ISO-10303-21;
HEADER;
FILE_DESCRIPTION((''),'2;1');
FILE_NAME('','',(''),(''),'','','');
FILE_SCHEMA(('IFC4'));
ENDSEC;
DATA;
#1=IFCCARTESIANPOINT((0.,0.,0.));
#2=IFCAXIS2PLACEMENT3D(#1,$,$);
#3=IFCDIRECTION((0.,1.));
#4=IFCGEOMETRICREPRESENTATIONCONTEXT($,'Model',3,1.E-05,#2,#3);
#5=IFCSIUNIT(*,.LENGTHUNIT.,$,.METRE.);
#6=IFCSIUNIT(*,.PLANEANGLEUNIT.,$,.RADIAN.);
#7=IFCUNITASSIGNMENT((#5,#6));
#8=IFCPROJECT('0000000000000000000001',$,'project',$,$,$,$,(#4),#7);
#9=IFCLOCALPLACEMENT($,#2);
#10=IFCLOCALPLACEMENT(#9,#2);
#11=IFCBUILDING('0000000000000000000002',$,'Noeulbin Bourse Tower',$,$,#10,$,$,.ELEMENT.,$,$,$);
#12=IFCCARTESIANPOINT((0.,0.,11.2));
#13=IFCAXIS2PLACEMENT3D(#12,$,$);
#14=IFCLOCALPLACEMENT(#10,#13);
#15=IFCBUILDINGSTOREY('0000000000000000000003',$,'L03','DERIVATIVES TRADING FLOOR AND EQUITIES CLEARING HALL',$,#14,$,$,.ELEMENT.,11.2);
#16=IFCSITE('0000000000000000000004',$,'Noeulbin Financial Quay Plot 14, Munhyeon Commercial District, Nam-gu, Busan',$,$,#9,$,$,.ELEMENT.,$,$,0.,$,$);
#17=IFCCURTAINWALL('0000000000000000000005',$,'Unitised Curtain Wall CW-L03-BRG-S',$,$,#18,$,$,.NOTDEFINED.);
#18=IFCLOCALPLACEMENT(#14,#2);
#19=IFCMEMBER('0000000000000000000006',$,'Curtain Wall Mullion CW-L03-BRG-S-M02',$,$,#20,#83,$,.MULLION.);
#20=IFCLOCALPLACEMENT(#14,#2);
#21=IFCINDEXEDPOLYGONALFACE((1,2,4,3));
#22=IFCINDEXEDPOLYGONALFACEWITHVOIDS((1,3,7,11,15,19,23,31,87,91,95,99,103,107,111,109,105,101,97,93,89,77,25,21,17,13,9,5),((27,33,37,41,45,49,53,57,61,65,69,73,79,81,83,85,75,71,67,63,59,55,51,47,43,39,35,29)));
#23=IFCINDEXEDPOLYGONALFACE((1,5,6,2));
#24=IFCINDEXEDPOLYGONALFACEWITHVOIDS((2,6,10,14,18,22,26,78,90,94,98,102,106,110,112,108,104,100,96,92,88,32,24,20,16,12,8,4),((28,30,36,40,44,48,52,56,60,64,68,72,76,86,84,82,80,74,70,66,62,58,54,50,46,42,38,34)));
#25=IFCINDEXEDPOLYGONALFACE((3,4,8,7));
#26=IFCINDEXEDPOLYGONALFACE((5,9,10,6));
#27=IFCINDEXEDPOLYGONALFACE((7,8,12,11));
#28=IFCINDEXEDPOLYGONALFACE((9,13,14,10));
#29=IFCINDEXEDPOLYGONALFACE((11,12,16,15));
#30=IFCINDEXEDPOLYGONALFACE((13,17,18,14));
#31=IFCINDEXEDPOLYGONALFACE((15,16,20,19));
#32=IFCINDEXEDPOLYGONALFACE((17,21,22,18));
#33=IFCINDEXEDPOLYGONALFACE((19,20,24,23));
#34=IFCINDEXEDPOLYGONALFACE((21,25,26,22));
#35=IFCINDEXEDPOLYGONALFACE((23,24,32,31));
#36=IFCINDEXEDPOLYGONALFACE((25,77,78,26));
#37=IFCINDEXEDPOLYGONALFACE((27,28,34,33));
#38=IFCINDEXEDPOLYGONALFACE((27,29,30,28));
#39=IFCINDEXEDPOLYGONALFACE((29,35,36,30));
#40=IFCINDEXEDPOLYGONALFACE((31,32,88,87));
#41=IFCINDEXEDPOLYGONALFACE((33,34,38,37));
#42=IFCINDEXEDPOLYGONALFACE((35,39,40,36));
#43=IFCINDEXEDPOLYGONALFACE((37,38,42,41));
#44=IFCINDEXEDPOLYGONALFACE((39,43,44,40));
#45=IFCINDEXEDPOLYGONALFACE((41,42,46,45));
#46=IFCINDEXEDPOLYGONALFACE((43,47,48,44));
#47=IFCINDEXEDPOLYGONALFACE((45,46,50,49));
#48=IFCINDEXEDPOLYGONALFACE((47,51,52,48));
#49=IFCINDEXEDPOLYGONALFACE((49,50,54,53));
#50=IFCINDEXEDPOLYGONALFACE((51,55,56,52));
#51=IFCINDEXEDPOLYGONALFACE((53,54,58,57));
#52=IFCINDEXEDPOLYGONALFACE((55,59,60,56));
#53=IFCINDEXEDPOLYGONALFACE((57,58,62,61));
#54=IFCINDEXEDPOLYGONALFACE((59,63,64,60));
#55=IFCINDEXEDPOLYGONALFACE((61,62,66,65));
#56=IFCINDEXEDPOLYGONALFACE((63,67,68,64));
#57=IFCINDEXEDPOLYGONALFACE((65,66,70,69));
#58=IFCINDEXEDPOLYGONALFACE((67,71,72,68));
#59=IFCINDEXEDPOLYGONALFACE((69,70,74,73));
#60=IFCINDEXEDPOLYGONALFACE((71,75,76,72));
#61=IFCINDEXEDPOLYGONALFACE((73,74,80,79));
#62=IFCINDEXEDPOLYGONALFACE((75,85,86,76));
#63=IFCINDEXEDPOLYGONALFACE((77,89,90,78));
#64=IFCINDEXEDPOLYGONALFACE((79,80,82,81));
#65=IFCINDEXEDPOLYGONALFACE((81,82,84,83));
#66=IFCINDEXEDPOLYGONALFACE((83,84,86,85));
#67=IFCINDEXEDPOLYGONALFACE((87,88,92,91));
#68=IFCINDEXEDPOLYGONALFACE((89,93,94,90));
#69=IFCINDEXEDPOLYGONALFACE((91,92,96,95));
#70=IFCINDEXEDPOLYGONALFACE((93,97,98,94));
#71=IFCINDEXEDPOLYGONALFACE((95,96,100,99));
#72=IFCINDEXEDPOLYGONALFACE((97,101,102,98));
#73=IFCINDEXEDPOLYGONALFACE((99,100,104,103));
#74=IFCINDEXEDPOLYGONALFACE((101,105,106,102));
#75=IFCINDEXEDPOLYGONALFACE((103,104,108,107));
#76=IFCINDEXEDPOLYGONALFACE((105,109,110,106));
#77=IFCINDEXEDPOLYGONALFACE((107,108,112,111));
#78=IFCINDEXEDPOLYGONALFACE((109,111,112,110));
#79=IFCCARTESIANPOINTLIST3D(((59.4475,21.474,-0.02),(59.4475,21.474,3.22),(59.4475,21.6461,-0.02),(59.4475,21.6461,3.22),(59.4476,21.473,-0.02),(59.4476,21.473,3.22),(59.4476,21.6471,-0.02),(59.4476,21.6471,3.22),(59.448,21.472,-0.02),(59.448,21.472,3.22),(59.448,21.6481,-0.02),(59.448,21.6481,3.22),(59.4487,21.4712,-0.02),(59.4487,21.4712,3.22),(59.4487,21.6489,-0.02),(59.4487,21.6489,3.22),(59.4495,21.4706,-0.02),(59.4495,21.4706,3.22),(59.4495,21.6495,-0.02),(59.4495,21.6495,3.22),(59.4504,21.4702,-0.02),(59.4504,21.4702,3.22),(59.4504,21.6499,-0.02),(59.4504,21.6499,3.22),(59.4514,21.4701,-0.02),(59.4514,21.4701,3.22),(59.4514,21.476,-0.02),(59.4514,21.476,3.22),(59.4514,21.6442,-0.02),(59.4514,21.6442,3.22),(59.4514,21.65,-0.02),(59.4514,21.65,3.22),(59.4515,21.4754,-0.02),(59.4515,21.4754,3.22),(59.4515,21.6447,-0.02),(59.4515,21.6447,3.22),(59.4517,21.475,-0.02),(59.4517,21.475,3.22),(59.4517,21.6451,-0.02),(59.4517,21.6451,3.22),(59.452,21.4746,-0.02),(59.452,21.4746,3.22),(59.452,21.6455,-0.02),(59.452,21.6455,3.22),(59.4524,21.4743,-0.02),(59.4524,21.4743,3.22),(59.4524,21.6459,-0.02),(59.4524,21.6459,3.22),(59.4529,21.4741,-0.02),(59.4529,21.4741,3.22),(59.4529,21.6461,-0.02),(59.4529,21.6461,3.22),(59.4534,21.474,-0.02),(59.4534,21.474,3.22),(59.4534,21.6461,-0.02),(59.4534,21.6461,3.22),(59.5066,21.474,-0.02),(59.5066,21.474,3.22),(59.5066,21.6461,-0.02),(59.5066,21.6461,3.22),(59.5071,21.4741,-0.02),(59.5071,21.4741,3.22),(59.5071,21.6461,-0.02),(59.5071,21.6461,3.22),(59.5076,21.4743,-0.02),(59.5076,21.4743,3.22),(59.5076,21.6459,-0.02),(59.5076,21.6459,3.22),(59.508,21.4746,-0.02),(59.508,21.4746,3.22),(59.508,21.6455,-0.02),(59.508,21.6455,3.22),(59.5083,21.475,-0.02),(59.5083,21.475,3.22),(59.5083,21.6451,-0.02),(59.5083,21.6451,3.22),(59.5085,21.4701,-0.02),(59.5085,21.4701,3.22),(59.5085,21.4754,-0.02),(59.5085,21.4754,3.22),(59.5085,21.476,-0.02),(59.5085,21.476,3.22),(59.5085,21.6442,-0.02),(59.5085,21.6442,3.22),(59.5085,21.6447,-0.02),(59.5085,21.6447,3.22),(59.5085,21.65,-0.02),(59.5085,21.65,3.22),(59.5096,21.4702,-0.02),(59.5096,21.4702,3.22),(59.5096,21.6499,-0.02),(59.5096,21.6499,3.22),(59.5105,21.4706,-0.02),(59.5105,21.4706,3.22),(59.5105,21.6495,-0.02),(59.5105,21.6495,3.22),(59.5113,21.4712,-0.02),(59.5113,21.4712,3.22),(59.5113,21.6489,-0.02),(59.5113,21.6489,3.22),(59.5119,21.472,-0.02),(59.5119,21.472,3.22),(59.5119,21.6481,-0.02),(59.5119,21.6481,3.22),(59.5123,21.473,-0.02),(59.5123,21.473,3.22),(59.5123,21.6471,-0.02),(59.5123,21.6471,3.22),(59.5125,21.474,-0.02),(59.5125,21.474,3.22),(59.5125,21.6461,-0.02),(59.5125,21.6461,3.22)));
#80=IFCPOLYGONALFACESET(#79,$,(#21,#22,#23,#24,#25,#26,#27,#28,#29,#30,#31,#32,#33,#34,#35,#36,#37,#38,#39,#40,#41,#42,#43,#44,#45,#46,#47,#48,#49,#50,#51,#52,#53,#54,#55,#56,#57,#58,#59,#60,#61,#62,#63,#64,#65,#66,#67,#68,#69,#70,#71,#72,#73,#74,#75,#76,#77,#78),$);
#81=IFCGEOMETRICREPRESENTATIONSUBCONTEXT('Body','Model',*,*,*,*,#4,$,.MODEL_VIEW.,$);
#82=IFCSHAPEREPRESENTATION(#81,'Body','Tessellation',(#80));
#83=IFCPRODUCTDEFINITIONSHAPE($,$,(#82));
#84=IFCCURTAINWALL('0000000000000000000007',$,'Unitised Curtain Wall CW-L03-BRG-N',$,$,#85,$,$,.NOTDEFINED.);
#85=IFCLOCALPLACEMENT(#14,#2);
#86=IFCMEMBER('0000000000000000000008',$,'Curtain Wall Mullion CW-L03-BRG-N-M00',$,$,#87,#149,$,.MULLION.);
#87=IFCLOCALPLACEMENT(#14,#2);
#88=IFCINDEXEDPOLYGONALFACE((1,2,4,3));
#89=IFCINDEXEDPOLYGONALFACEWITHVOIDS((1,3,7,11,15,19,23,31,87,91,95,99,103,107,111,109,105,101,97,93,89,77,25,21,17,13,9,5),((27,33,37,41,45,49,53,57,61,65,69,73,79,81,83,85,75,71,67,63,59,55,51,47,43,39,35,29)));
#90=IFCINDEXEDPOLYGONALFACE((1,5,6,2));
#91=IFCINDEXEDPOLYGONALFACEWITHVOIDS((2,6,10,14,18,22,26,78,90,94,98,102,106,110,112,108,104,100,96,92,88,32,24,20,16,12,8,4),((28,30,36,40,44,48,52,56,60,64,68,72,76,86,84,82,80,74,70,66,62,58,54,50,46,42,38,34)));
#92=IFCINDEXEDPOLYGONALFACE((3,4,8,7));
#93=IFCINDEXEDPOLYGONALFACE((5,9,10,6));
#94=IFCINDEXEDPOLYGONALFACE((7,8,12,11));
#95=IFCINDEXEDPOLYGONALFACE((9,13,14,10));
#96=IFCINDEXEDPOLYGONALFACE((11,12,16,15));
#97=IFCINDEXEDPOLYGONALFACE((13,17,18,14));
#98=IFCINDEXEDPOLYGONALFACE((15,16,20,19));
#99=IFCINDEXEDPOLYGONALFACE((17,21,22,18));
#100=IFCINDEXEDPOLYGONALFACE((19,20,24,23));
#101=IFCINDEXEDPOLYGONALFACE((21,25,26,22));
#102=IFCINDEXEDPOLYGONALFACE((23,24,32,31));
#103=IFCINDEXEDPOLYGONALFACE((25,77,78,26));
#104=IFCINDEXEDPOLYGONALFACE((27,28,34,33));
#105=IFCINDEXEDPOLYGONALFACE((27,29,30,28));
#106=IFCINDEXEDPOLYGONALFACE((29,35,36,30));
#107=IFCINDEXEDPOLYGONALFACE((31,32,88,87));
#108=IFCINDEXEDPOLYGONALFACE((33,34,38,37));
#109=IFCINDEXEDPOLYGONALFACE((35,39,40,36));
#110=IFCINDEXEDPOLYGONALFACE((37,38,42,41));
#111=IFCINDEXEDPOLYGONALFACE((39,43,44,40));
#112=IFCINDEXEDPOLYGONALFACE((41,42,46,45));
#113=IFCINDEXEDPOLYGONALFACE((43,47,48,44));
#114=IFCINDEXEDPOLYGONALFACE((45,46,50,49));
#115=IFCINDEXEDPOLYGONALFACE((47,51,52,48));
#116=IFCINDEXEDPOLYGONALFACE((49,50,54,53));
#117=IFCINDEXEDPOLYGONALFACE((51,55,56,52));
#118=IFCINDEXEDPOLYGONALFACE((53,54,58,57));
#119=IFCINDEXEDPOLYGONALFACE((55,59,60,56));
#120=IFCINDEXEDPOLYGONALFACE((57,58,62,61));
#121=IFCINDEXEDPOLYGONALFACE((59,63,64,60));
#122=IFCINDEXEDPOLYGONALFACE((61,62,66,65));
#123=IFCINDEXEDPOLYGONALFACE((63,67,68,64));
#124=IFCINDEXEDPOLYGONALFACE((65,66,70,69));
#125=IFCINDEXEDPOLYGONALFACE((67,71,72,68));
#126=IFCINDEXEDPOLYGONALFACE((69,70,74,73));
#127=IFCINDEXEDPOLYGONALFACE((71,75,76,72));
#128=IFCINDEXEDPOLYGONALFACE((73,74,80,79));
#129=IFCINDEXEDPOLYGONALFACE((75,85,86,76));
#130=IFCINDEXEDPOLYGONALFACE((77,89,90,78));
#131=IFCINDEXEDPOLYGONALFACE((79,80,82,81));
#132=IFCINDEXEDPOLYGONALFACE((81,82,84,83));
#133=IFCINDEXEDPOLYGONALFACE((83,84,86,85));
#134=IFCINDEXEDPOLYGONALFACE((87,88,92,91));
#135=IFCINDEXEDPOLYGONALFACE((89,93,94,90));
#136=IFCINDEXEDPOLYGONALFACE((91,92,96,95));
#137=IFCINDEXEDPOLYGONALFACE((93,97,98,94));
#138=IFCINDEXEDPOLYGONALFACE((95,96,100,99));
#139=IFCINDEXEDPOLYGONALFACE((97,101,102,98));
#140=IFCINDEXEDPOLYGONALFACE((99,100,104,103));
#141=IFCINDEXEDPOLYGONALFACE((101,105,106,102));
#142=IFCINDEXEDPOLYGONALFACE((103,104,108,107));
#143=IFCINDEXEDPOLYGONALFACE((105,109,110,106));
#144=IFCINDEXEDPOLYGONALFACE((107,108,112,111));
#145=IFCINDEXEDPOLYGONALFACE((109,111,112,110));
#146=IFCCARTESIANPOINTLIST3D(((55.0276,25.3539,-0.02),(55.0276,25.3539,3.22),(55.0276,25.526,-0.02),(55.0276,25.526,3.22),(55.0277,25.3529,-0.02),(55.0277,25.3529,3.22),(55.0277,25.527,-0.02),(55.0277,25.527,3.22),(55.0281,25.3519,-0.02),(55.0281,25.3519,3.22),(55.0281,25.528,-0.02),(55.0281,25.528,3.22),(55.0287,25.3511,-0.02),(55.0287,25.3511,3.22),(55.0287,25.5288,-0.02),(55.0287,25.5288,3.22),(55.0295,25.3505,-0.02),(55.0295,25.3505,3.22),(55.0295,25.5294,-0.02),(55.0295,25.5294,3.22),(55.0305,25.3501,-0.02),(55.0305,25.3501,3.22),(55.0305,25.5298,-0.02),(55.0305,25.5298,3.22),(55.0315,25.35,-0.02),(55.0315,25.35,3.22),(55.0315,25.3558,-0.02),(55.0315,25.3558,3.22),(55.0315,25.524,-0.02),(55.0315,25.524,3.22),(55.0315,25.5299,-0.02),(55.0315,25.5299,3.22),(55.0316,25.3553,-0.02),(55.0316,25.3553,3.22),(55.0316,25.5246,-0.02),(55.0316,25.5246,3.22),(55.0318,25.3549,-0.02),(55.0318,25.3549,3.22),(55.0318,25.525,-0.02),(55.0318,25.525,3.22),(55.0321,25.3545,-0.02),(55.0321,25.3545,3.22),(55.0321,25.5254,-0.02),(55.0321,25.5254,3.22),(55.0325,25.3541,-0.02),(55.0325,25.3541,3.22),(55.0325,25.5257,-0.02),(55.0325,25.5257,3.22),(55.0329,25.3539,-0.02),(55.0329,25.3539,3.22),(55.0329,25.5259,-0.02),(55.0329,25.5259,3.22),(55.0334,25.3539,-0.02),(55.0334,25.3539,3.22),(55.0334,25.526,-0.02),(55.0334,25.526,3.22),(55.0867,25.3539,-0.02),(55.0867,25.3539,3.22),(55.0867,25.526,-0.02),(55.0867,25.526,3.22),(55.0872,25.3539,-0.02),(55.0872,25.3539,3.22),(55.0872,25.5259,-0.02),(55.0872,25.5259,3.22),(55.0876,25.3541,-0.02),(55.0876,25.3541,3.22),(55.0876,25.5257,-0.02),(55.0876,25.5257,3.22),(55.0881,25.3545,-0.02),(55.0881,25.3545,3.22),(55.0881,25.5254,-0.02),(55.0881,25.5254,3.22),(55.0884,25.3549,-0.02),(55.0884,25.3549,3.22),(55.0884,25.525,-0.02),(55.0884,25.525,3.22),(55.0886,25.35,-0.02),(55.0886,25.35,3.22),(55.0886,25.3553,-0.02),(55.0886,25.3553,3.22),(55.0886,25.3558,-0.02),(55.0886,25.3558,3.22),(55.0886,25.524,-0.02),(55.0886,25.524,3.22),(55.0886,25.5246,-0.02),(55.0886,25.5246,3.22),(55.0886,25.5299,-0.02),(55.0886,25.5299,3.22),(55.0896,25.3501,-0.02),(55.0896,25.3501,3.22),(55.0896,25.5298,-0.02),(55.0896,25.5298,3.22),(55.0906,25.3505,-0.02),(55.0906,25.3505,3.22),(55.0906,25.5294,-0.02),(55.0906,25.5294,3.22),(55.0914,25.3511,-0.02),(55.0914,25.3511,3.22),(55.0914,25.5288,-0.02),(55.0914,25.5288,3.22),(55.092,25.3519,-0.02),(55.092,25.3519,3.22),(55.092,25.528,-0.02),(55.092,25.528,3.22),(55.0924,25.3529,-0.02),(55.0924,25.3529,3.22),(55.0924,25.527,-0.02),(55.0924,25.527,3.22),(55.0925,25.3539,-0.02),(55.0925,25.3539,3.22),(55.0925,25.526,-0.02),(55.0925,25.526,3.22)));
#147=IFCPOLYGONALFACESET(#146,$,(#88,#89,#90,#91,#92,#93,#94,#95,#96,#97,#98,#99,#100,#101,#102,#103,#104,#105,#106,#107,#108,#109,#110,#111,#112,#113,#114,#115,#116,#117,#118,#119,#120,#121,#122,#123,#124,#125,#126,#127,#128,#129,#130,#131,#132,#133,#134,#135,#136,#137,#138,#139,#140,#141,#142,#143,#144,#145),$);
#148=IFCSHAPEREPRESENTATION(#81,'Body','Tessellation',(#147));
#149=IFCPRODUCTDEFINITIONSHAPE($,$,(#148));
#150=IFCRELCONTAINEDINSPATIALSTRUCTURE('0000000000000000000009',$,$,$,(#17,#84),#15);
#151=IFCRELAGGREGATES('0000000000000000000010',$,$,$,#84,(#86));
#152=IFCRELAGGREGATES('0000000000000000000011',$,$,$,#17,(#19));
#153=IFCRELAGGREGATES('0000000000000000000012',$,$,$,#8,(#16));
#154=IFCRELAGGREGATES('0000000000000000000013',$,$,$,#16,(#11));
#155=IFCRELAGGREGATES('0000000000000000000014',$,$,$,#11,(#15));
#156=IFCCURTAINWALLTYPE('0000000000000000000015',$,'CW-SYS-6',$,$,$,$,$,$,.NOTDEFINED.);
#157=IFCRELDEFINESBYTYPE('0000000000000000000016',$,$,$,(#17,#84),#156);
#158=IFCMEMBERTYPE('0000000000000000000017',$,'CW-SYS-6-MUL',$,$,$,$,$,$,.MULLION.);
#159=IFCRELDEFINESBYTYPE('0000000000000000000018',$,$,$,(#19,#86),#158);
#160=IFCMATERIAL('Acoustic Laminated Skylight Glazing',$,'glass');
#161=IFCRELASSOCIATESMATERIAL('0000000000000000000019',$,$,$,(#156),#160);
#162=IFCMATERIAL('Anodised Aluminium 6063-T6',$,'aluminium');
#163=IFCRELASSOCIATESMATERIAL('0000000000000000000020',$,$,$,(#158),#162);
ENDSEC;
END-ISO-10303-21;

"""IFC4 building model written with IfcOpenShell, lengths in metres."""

from ifc_helpers import new_model, si_unit, direction, frame, origin, origin_2d, place, context, subcontext, project, spatial, hollow_rectangle, extrude, material, material_profile, profile_set, type_object, element, aggregate, save


model = new_model("IFC4")

# Units and contexts
model_context = context("Model", 3, precision=1e-05, world=origin(), true_north=direction((0.0, 1.0)))
body_context = subcontext(model_context, "Body", "Model", "MODEL_VIEW")
ifc_project = project(units=[si_unit("LENGTHUNIT", "METRE"), si_unit("PLANEANGLEUNIT", "RADIAN")], contexts=[model_context])

# Site, building, storey
site_placement = place(None, origin())
site = spatial("IfcSite", under=ifc_project, at=site_placement, Name="Noeulbin Financial Quay Plot 14, Munhyeon Commercial District, Nam-gu, Busan", CompositionType="ELEMENT", RefElevation=0.0)
building_placement = place(site_placement, origin())
building = spatial("IfcBuilding", under=site, at=building_placement, Name="Noeulbin Bourse Tower", CompositionType="ELEMENT")
storey_placement = place(building_placement, frame((0.0, 0.0, 11.2)))
storey = spatial("IfcBuildingStorey", under=building, at=storey_placement, Name="L03", Description="DERIVATIVES TRADING FLOOR AND EQUITIES CLEARING HALL", CompositionType="ELEMENT", Elevation=11.2)

# Shared definitions
ifc_material_1 = material(Name="Anodised Aluminium 6063-T6", Category="aluminium")

# Curtain wall, member
ifc_material_2 = material(Name="Acoustic Laminated Skylight Glazing", Category="glass")
curtain_wall_type_1 = type_object("IfcCurtainWallType", Name="CW-SYS-6", PredefinedType="NOTDEFINED", material=ifc_material_2)
curtain_wall_1_placement = place(storey_placement, origin())
curtain_wall_1 = element("IfcCurtainWall", 1, at=curtain_wall_1_placement, inside=storey, type_object=curtain_wall_type_1, Name="Unitised Curtain Wall CW-L03-BRG-S", PredefinedType="NOTDEFINED")
ifc_material_profile_1 = material_profile(ifc_material_1, hollow_rectangle(XDim=0.0649, YDim=0.1799, WallThickness=0.0039, InnerFilletRadius=0.002, OuterFilletRadius=0.0039, at=origin_2d()), Name="ALU-MULL-65x180x4", Category="LoadBearing")
ifc_profile_set_1 = profile_set([ifc_material_profile_1], Name="Anodised Aluminium 6063-T6")
member_type_1 = type_object("IfcMemberType", Name="CW-SYS-6-MUL", PredefinedType="MULLION", material=ifc_profile_set_1)
member_1_placement = place(storey_placement, frame((59.48, 21.5601, -0.02), z_axis=(0.0, 0.0, 1.0), x_axis=(1.0, 0.0, 0.0)))
member_1 = element("IfcMember", 2, at=member_1_placement, type_object=member_type_1, Name="Curtain Wall Mullion CW-L03-BRG-S-M02", PredefinedType="MULLION", context=body_context, shape_type="SweptSolid", body=[
    extrude(hollow_rectangle(XDim=0.0649, YDim=0.1799, WallThickness=0.0039, InnerFilletRadius=0.002, OuterFilletRadius=0.0039, at=origin_2d()), origin(), (0.0, 0.0, 1.0), 3.24),
])

# Curtain wall, member
curtain_wall_2_placement = place(storey_placement, origin())
curtain_wall_2 = element("IfcCurtainWall", 3, at=curtain_wall_2_placement, inside=storey, type_object=curtain_wall_type_1, Name="Unitised Curtain Wall CW-L03-BRG-N", PredefinedType="NOTDEFINED")
member_2_placement = place(storey_placement, frame((55.0601, 25.4399, -0.02), z_axis=(0.0, 0.0, 1.0), x_axis=(1.0, 0.0, 0.0)))
member_2 = element("IfcMember", 4, at=member_2_placement, type_object=member_type_1, Name="Curtain Wall Mullion CW-L03-BRG-N-M00", PredefinedType="MULLION", context=body_context, shape_type="SweptSolid", body=[
    extrude(hollow_rectangle(XDim=0.0649, YDim=0.1799, WallThickness=0.0039, InnerFilletRadius=0.002, OuterFilletRadius=0.0039, at=origin_2d()), origin(), (0.0, 0.0, 1.0), 3.24),
])

aggregate(curtain_wall_2, [member_2])

aggregate(curtain_wall_1, [member_1])

save(model, "model.ifc")
